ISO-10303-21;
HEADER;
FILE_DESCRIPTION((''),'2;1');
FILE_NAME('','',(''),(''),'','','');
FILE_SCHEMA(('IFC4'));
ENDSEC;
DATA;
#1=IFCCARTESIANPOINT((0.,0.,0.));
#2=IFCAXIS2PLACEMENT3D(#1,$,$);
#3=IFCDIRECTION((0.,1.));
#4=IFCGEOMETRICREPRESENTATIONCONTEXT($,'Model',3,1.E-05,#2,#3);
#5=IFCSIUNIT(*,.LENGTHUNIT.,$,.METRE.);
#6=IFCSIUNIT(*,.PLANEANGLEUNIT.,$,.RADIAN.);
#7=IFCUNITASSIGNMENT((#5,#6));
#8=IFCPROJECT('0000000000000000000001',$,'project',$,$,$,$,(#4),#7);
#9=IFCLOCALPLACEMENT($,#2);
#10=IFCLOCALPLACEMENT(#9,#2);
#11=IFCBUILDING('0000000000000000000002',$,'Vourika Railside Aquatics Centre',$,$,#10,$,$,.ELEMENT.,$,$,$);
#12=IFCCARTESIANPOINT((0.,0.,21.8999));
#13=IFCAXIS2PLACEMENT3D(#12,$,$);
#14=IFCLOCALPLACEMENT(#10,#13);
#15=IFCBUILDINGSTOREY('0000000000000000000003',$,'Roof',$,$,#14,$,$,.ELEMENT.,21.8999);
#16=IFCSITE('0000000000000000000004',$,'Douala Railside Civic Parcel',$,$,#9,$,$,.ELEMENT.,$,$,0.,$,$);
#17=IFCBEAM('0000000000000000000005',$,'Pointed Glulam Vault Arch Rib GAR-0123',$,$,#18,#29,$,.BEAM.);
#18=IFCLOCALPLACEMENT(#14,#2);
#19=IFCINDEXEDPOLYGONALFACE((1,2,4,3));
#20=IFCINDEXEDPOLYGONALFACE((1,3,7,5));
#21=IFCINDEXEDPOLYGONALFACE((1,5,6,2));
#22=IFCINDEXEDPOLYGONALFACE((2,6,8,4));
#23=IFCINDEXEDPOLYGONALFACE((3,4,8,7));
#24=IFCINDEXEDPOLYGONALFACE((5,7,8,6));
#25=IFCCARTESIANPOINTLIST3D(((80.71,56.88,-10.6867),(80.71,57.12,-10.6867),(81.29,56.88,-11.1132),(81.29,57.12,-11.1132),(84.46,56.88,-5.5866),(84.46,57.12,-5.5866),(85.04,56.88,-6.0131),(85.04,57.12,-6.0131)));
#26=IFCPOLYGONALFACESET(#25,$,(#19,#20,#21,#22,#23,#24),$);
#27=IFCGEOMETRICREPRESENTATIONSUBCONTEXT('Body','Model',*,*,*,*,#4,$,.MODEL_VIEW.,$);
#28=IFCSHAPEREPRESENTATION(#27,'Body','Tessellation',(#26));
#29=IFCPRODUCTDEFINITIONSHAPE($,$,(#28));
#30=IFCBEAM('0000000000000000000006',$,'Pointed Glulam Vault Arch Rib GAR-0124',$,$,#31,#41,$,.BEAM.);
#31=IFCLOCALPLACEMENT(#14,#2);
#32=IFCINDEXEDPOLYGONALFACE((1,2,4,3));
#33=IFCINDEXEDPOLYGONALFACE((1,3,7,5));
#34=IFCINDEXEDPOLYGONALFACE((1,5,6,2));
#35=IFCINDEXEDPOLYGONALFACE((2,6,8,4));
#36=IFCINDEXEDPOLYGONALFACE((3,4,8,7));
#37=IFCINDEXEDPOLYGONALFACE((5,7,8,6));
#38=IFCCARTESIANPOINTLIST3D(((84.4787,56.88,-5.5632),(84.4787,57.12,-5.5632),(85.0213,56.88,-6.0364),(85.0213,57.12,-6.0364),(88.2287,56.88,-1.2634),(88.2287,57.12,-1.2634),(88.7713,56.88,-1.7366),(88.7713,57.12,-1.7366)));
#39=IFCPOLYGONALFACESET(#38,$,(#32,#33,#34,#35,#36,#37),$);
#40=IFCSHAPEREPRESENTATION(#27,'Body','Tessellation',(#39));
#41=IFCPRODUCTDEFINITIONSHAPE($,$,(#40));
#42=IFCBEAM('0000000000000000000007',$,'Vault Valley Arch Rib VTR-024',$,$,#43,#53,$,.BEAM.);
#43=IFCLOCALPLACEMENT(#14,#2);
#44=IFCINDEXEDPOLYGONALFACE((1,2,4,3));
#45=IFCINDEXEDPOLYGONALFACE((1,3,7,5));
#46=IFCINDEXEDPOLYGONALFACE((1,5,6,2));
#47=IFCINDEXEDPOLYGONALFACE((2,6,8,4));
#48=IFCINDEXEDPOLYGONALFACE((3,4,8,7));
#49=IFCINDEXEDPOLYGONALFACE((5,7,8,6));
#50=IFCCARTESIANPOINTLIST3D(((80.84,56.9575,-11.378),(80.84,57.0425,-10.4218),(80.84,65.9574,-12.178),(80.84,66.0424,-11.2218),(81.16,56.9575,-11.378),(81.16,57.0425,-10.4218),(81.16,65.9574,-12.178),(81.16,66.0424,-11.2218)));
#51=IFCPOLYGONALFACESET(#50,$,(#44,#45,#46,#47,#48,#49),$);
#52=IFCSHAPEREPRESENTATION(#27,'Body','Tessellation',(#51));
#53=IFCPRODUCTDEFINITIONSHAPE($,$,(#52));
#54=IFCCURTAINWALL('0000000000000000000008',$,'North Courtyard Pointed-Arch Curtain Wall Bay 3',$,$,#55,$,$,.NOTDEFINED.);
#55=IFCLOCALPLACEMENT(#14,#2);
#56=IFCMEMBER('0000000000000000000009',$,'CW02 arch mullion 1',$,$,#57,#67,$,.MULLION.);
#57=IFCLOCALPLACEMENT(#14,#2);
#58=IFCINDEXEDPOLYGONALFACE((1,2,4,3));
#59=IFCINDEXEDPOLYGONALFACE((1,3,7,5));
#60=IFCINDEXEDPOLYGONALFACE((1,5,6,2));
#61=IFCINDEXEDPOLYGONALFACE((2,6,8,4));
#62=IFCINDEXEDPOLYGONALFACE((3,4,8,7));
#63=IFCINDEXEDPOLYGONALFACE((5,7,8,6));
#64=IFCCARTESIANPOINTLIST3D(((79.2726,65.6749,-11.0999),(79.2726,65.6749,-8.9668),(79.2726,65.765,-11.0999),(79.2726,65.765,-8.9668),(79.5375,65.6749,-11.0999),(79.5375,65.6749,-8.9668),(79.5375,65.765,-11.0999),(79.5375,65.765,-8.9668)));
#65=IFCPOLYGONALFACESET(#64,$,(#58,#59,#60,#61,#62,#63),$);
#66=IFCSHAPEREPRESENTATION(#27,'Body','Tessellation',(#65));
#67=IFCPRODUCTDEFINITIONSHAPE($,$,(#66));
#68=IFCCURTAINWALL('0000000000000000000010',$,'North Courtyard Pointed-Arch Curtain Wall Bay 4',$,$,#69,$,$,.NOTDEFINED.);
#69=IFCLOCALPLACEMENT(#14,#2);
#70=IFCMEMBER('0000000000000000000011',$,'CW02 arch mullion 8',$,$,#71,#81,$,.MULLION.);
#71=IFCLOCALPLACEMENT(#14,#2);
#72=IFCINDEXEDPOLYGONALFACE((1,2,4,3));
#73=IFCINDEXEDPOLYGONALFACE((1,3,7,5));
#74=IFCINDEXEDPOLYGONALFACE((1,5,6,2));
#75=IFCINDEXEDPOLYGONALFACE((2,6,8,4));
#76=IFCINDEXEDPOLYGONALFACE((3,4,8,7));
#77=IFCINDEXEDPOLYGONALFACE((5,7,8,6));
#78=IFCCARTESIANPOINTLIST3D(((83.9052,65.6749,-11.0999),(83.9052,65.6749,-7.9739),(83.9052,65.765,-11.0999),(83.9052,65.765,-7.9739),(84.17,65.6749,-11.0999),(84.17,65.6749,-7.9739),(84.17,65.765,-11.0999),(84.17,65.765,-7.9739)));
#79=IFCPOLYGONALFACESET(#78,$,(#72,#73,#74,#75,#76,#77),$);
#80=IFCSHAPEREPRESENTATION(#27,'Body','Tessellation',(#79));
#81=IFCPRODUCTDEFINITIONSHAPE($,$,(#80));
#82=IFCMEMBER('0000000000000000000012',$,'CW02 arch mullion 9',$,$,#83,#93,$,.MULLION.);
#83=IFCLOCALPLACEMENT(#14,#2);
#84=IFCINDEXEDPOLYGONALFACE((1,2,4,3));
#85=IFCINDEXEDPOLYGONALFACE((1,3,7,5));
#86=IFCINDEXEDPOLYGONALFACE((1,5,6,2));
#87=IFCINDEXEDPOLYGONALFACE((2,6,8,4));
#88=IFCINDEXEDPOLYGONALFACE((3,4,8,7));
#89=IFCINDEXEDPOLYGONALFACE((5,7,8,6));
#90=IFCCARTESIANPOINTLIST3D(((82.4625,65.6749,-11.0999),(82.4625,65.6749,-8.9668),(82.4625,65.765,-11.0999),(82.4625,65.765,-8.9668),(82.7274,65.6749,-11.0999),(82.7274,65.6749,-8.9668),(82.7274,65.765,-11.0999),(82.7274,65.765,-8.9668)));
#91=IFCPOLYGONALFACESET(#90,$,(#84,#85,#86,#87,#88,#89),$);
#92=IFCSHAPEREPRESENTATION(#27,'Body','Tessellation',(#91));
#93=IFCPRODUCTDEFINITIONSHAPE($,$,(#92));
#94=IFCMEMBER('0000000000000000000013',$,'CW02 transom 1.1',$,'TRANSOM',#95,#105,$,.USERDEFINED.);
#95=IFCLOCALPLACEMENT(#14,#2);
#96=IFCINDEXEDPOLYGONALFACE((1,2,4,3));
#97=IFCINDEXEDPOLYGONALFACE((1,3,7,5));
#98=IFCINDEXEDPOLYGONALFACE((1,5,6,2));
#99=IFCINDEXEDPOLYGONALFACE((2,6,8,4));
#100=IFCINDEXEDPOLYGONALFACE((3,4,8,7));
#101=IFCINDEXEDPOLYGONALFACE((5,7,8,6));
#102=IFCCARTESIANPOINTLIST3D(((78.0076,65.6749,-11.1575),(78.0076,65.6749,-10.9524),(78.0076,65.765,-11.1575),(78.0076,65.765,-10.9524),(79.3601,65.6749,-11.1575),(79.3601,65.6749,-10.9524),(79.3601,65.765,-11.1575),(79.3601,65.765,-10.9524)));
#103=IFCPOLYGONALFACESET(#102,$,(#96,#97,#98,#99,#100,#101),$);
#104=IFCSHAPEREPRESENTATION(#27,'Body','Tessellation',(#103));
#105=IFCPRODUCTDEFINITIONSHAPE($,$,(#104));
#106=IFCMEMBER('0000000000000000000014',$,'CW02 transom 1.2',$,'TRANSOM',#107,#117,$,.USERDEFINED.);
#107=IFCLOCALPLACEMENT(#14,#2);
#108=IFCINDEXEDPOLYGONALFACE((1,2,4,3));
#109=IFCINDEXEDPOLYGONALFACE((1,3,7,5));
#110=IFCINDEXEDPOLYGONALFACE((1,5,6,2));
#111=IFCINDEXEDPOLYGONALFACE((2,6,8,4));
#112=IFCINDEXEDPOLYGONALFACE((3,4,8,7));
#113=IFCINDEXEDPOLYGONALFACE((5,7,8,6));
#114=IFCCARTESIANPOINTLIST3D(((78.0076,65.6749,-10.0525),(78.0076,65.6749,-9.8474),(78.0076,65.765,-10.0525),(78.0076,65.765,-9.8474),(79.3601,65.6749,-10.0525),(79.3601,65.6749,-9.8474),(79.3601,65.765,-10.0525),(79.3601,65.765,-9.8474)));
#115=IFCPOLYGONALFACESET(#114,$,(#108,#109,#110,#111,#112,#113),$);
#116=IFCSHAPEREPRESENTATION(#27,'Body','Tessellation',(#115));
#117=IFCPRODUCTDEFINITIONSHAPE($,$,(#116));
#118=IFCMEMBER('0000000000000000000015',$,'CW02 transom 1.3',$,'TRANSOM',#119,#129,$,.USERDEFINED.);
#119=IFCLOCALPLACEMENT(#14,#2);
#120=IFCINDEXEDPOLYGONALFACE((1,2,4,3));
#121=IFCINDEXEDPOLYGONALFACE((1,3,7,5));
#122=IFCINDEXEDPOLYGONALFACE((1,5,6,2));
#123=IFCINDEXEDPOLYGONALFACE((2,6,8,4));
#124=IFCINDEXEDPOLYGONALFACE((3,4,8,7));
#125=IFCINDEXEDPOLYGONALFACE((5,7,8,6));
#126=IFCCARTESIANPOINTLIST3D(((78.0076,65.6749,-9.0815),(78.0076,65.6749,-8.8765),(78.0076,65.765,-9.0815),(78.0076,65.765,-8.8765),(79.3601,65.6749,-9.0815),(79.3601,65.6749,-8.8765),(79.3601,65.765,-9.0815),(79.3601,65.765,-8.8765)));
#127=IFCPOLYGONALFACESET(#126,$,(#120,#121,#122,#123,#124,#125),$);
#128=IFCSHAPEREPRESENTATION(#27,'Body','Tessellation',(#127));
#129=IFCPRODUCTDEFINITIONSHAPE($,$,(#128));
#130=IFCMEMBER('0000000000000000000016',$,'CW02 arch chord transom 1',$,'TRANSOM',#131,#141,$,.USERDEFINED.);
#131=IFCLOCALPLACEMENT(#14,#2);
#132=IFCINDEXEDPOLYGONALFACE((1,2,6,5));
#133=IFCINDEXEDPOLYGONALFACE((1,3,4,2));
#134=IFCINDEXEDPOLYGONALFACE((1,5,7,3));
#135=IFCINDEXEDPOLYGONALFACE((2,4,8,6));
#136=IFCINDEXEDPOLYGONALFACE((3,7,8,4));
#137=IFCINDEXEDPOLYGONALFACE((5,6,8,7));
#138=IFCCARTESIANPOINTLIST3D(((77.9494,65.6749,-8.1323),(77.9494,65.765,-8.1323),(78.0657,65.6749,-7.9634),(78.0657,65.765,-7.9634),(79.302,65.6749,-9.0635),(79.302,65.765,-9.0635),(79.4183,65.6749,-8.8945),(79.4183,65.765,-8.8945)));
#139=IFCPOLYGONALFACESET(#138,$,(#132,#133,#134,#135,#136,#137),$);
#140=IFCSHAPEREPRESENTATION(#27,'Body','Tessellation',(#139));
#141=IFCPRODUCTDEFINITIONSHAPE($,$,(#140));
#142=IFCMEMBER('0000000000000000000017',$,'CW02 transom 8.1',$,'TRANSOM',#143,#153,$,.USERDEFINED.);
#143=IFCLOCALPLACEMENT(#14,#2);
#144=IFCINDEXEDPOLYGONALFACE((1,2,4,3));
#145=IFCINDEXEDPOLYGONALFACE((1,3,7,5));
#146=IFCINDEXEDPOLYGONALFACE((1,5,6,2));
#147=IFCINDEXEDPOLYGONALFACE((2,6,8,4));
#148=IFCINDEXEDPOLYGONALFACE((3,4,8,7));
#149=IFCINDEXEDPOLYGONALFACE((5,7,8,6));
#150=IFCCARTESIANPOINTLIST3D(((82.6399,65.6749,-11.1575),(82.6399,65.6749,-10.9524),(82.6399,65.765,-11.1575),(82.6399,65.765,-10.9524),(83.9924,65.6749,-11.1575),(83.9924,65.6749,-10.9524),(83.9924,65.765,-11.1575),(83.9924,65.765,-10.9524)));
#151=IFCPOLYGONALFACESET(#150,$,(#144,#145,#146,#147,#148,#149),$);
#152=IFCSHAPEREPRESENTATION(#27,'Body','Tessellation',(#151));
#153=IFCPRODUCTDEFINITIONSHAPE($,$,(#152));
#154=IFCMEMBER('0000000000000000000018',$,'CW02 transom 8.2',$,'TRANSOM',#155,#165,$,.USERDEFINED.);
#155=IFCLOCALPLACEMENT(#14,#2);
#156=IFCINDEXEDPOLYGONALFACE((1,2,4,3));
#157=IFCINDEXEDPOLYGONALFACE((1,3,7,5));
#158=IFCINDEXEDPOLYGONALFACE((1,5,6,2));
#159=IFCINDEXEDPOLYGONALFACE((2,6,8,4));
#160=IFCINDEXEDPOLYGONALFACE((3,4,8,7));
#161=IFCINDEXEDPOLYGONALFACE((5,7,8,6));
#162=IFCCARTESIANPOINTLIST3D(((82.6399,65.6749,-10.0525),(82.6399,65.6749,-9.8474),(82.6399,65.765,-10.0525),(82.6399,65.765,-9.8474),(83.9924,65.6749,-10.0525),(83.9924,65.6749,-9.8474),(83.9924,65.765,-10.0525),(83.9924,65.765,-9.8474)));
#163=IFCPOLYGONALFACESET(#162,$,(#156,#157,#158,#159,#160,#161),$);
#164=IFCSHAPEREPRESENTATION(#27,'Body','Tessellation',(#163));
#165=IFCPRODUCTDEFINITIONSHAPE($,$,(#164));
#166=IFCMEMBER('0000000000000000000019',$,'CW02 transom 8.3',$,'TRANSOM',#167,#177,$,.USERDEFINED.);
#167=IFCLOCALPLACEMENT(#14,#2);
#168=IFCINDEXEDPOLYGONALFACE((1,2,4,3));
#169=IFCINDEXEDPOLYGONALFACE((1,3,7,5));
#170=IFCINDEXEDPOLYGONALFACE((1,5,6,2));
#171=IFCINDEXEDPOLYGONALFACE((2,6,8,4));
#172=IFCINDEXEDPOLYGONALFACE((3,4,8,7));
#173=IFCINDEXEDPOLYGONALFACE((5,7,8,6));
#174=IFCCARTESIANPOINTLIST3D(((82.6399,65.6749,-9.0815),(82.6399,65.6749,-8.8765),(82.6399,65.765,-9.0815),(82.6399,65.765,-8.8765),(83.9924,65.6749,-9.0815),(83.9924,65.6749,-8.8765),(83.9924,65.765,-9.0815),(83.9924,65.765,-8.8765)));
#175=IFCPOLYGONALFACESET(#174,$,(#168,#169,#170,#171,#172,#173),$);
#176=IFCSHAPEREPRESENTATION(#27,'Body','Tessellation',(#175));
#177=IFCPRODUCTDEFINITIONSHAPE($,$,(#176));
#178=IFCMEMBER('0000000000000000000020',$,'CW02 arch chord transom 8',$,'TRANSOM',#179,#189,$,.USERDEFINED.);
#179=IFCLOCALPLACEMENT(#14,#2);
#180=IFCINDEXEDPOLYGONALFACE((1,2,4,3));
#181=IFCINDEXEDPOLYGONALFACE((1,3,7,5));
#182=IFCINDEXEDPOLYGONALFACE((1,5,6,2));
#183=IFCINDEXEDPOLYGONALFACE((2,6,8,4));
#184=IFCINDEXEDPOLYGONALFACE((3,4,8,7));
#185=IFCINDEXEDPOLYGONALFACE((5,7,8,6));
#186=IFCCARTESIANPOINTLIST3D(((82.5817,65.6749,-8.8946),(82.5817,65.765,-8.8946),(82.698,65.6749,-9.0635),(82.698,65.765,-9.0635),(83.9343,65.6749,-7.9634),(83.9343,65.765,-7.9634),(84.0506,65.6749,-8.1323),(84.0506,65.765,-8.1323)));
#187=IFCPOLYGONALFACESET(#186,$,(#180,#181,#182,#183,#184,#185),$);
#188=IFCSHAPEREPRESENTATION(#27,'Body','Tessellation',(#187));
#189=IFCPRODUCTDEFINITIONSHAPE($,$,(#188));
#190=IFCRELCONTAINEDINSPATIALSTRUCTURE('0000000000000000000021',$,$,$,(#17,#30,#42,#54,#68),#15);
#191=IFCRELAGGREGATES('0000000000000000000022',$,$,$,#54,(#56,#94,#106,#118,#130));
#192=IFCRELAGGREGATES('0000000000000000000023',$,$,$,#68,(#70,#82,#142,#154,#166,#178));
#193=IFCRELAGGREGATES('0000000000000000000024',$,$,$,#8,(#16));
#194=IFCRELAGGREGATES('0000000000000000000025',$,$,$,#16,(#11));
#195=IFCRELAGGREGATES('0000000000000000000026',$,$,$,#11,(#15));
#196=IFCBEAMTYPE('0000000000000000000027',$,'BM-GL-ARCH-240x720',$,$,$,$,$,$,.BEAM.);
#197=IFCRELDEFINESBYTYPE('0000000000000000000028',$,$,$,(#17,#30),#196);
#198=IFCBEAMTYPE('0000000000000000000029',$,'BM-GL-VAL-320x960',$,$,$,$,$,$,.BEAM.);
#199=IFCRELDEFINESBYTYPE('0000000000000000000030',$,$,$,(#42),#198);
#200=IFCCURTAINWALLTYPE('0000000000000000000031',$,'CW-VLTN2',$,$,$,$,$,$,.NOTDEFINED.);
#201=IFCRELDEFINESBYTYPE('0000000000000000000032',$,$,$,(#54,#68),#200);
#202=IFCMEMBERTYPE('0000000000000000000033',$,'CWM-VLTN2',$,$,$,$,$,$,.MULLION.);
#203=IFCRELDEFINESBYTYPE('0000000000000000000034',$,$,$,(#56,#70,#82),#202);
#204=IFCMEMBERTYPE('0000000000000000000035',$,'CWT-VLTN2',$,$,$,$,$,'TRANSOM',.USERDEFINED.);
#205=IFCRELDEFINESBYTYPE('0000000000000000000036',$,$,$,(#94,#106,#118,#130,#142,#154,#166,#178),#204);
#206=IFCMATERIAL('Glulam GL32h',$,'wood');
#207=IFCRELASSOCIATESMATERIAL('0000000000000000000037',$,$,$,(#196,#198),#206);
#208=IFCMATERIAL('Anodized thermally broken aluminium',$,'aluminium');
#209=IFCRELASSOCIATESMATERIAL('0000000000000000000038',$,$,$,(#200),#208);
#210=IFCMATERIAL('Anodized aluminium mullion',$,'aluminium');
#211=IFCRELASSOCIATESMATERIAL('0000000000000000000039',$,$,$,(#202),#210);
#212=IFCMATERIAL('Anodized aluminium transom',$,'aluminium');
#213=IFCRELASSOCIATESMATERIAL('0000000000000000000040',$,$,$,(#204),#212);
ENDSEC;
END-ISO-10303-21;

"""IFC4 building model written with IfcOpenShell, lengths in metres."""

from ifc_helpers import new_model, si_unit, direction, frame, origin, origin_2d, place, context, subcontext, project, spatial, rectangle, extrude, material, material_profile, profile_set, type_object, element, aggregate, save


model = new_model("IFC4")

# Units and contexts
model_context = context("Model", 3, precision=1e-05, world=origin(), true_north=direction((0.0, 1.0)))
body_context = subcontext(model_context, "Body", "Model", "MODEL_VIEW")
ifc_project = project(units=[si_unit("LENGTHUNIT", "METRE"), si_unit("PLANEANGLEUNIT", "RADIAN")], contexts=[model_context])

# Site, building, storey
site_placement = place(None, origin())
site = spatial("IfcSite", under=ifc_project, at=site_placement, Name="Douala Railside Civic Parcel", CompositionType="ELEMENT", RefElevation=0.0)
building_placement = place(site_placement, origin())
building = spatial("IfcBuilding", under=site, at=building_placement, Name="Vourika Railside Aquatics Centre", CompositionType="ELEMENT")
storey_placement = place(building_placement, frame((0.0, 0.0, 21.8999)))
storey = spatial("IfcBuildingStorey", under=building, at=storey_placement, Name="Roof", CompositionType="ELEMENT", Elevation=21.8999)

# Beams
ifc_material_1 = material(Name="Glulam GL32h", Category="wood")
ifc_material_profile_1 = material_profile(ifc_material_1, rectangle(XDim=0.24, YDim=0.72, at=origin_2d()), Name="GL32h 240x720")
ifc_profile_set_1 = profile_set([ifc_material_profile_1], Name="Glulam GL32h")
beam_type_1 = type_object("IfcBeamType", Name="BM-GL-ARCH-240x720", PredefinedType="BEAM", material=ifc_profile_set_1)
beam_1_placement = place(storey_placement, frame((81.0, 57.0, -10.8999), z_axis=(0.592383, 0.0, 0.805656), x_axis=(0.0, 1.0, 0.0)))
element("IfcBeam", 1, at=beam_1_placement, inside=storey, type_object=beam_type_1, Name="Pointed Glulam Vault Arch Rib GAR-0123", PredefinedType="BEAM", context=body_context, shape_type="SweptSolid", body=[
    extrude(rectangle(XDim=0.24, YDim=0.72, at=origin_2d()), origin(), (0.0, 0.0, 1.0), 6.3303),
])
beam_2_placement = place(storey_placement, frame((84.75, 57.0, -5.7998), z_axis=(0.65728, 0.0, 0.753647), x_axis=(0.0, 1.0, 0.0)))
element("IfcBeam", 2, at=beam_2_placement, inside=storey, type_object=beam_type_1, Name="Pointed Glulam Vault Arch Rib GAR-0124", PredefinedType="BEAM", context=body_context, shape_type="SweptSolid", body=[
    extrude(rectangle(XDim=0.24, YDim=0.72, at=origin_2d()), origin(), (0.0, 0.0, 1.0), 5.7053),
])
ifc_material_profile_2 = material_profile(ifc_material_1, rectangle(XDim=0.3201, YDim=0.96, at=origin_2d()), Name="GL32h 320x960")
ifc_profile_set_2 = profile_set([ifc_material_profile_2], Name="Glulam GL32h")
beam_type_2 = type_object("IfcBeamType", Name="BM-GL-VAL-320x960", PredefinedType="BEAM", material=ifc_profile_set_2)
beam_3_placement = place(storey_placement, frame((81.0, 57.0, -10.8999), z_axis=(0.0, 0.996072, -0.088545), x_axis=(-1.0, 0.0, 0.0)))
element("IfcBeam", 3, at=beam_3_placement, inside=storey, type_object=beam_type_2, Name="Vault Valley Arch Rib VTR-024", PredefinedType="BEAM", context=body_context, shape_type="SweptSolid", body=[
    extrude(rectangle(XDim=0.3201, YDim=0.96, at=origin_2d()), origin(), (0.0, 0.0, 1.0), 9.0354),
])

# Curtain wall, member
ifc_material_2 = material(Name="Anodized thermally broken aluminium", Category="aluminium")
curtain_wall_type = type_object("IfcCurtainWallType", Name="CW-VLTN2", PredefinedType="NOTDEFINED", material=ifc_material_2)
curtain_wall_1_placement = place(storey_placement, origin())
curtain_wall_1 = element("IfcCurtainWall", 4, at=curtain_wall_1_placement, inside=storey, type_object=curtain_wall_type, Name="North Courtyard Pointed-Arch Curtain Wall Bay 3", PredefinedType="NOTDEFINED")
ifc_material_3 = material(Name="Anodized aluminium mullion", Category="aluminium")
ifc_material_profile_3 = material_profile(ifc_material_3, rectangle(XDim=0.0901, YDim=0.2649, at=origin_2d()), Name="ALU-M 90x265")
ifc_profile_set_3 = profile_set([ifc_material_profile_3], Name="Anodized aluminium mullion")
member_type_1 = type_object("IfcMemberType", Name="CWM-VLTN2", PredefinedType="MULLION", material=ifc_profile_set_3)
member_1_placement = place(storey_placement, frame((79.405, 65.72, -11.0999), z_axis=(0.0, 0.0, 1.0), x_axis=(0.0, -1.0, 0.0)))
member_1 = element("IfcMember", 5, at=member_1_placement, type_object=member_type_1, Name="CW02 arch mullion 1", PredefinedType="MULLION", context=body_context, shape_type="SweptSolid", body=[
    extrude(rectangle(XDim=0.0901, YDim=0.2649, at=origin_2d()), origin(), (0.0, 0.0, 1.0), 2.1331),
])

# Curtain wall, members
curtain_wall_2_placement = place(storey_placement, origin())
curtain_wall_2 = element("IfcCurtainWall", 6, at=curtain_wall_2_placement, inside=storey, type_object=curtain_wall_type, Name="North Courtyard Pointed-Arch Curtain Wall Bay 4", PredefinedType="NOTDEFINED")
member_2_placement = place(storey_placement, frame((84.0376, 65.72, -11.0999), z_axis=(0.0, 0.0, 1.0), x_axis=(0.0, -1.0, 0.0)))
member_2 = element("IfcMember", 7, at=member_2_placement, type_object=member_type_1, Name="CW02 arch mullion 8", PredefinedType="MULLION", context=body_context, shape_type="SweptSolid", body=[
    extrude(rectangle(XDim=0.0901, YDim=0.2649, at=origin_2d()), origin(), (0.0, 0.0, 1.0), 3.126),
])
member_3_placement = place(storey_placement, frame((82.595, 65.72, -11.0999), z_axis=(0.0, 0.0, 1.0), x_axis=(0.0, -1.0, 0.0)))
member_3 = element("IfcMember", 8, at=member_3_placement, type_object=member_type_1, Name="CW02 arch mullion 9", PredefinedType="MULLION", context=body_context, shape_type="SweptSolid", body=[
    extrude(rectangle(XDim=0.0901, YDim=0.2649, at=origin_2d()), origin(), (0.0, 0.0, 1.0), 2.1331),
])

# Members
ifc_material_4 = material(Name="Anodized aluminium transom", Category="aluminium")
ifc_material_profile_4 = material_profile(ifc_material_4, rectangle(XDim=0.0901, YDim=0.2051, at=origin_2d()), Name="ALU-T 90x205")
ifc_profile_set_4 = profile_set([ifc_material_profile_4], Name="Anodized aluminium transom")
member_type_2 = type_object("IfcMemberType", Name="CWT-VLTN2", ElementType="TRANSOM", PredefinedType="USERDEFINED", material=ifc_profile_set_4)
member_4_placement = place(storey_placement, frame((79.3601, 65.72, -11.0549), z_axis=(-1.0, 0.0, 0.0), x_axis=(0.0, -1.0, 0.0)))
member_4 = element("IfcMember", 9, at=member_4_placement, type_object=member_type_2, Name="CW02 transom 1.1", ObjectType="TRANSOM", PredefinedType="USERDEFINED", context=body_context, shape_type="SweptSolid", body=[
    extrude(rectangle(XDim=0.0901, YDim=0.2051, at=origin_2d()), origin(), (0.0, 0.0, 1.0), 1.3525),
])
member_5_placement = place(storey_placement, frame((79.3601, 65.72, -9.95), z_axis=(-1.0, 0.0, 0.0), x_axis=(0.0, -1.0, 0.0)))
member_5 = element("IfcMember", 10, at=member_5_placement, type_object=member_type_2, Name="CW02 transom 1.2", ObjectType="TRANSOM", PredefinedType="USERDEFINED", context=body_context, shape_type="SweptSolid", body=[
    extrude(rectangle(XDim=0.0901, YDim=0.2051, at=origin_2d()), origin(), (0.0, 0.0, 1.0), 1.3525),
])
member_6_placement = place(storey_placement, frame((79.3601, 65.72, -8.979), z_axis=(-1.0, 0.0, 0.0), x_axis=(0.0, -1.0, 0.0)))
member_6 = element("IfcMember", 11, at=member_6_placement, type_object=member_type_2, Name="CW02 transom 1.3", ObjectType="TRANSOM", PredefinedType="USERDEFINED", context=body_context, shape_type="SweptSolid", body=[
    extrude(rectangle(XDim=0.0901, YDim=0.2051, at=origin_2d()), origin(), (0.0, 0.0, 1.0), 1.3525),
])
member_7_placement = place(storey_placement, frame((79.3601, 65.72, -8.979), z_axis=(-0.823677, 0.0, 0.567059), x_axis=(0.0, -1.0, 0.0)))
member_7 = element("IfcMember", 12, at=member_7_placement, type_object=member_type_2, Name="CW02 arch chord transom 1", ObjectType="TRANSOM", PredefinedType="USERDEFINED", context=body_context, shape_type="SweptSolid", body=[
    extrude(rectangle(XDim=0.0901, YDim=0.2051, at=origin_2d()), origin(), (0.0, 0.0, 1.0), 1.6421),
])
aggregate(curtain_wall_1, [member_1, member_4, member_5, member_6, member_7])
member_8_placement = place(storey_placement, frame((83.9924, 65.72, -11.0549), z_axis=(-1.0, 0.0, 0.0), x_axis=(0.0, -1.0, 0.0)))
member_8 = element("IfcMember", 13, at=member_8_placement, type_object=member_type_2, Name="CW02 transom 8.1", ObjectType="TRANSOM", PredefinedType="USERDEFINED", context=body_context, shape_type="SweptSolid", body=[
    extrude(rectangle(XDim=0.0901, YDim=0.2051, at=origin_2d()), origin(), (0.0, 0.0, 1.0), 1.3525),
])
member_9_placement = place(storey_placement, frame((83.9924, 65.72, -9.95), z_axis=(-1.0, 0.0, 0.0), x_axis=(0.0, -1.0, 0.0)))
member_9 = element("IfcMember", 14, at=member_9_placement, type_object=member_type_2, Name="CW02 transom 8.2", ObjectType="TRANSOM", PredefinedType="USERDEFINED", context=body_context, shape_type="SweptSolid", body=[
    extrude(rectangle(XDim=0.0901, YDim=0.2051, at=origin_2d()), origin(), (0.0, 0.0, 1.0), 1.3525),
])
member_10_placement = place(storey_placement, frame((83.9924, 65.72, -8.979), z_axis=(-1.0, 0.0, 0.0), x_axis=(0.0, -1.0, 0.0)))
member_10 = element("IfcMember", 15, at=member_10_placement, type_object=member_type_2, Name="CW02 transom 8.3", ObjectType="TRANSOM", PredefinedType="USERDEFINED", context=body_context, shape_type="SweptSolid", body=[
    extrude(rectangle(XDim=0.0901, YDim=0.2051, at=origin_2d()), origin(), (0.0, 0.0, 1.0), 1.3525),
])
member_11_placement = place(storey_placement, frame((83.9924, 65.72, -8.0479), z_axis=(-0.823677, 0.0, -0.567059), x_axis=(0.0, -1.0, 0.0)))
member_11 = element("IfcMember", 16, at=member_11_placement, type_object=member_type_2, Name="CW02 arch chord transom 8", ObjectType="TRANSOM", PredefinedType="USERDEFINED", context=body_context, shape_type="SweptSolid", body=[
    extrude(rectangle(XDim=0.0901, YDim=0.2051, at=origin_2d()), origin(), (0.0, 0.0, 1.0), 1.6421),
])

aggregate(curtain_wall_2, [member_2, member_3, member_8, member_9, member_10, member_11])

save(model, "model.ifc")
